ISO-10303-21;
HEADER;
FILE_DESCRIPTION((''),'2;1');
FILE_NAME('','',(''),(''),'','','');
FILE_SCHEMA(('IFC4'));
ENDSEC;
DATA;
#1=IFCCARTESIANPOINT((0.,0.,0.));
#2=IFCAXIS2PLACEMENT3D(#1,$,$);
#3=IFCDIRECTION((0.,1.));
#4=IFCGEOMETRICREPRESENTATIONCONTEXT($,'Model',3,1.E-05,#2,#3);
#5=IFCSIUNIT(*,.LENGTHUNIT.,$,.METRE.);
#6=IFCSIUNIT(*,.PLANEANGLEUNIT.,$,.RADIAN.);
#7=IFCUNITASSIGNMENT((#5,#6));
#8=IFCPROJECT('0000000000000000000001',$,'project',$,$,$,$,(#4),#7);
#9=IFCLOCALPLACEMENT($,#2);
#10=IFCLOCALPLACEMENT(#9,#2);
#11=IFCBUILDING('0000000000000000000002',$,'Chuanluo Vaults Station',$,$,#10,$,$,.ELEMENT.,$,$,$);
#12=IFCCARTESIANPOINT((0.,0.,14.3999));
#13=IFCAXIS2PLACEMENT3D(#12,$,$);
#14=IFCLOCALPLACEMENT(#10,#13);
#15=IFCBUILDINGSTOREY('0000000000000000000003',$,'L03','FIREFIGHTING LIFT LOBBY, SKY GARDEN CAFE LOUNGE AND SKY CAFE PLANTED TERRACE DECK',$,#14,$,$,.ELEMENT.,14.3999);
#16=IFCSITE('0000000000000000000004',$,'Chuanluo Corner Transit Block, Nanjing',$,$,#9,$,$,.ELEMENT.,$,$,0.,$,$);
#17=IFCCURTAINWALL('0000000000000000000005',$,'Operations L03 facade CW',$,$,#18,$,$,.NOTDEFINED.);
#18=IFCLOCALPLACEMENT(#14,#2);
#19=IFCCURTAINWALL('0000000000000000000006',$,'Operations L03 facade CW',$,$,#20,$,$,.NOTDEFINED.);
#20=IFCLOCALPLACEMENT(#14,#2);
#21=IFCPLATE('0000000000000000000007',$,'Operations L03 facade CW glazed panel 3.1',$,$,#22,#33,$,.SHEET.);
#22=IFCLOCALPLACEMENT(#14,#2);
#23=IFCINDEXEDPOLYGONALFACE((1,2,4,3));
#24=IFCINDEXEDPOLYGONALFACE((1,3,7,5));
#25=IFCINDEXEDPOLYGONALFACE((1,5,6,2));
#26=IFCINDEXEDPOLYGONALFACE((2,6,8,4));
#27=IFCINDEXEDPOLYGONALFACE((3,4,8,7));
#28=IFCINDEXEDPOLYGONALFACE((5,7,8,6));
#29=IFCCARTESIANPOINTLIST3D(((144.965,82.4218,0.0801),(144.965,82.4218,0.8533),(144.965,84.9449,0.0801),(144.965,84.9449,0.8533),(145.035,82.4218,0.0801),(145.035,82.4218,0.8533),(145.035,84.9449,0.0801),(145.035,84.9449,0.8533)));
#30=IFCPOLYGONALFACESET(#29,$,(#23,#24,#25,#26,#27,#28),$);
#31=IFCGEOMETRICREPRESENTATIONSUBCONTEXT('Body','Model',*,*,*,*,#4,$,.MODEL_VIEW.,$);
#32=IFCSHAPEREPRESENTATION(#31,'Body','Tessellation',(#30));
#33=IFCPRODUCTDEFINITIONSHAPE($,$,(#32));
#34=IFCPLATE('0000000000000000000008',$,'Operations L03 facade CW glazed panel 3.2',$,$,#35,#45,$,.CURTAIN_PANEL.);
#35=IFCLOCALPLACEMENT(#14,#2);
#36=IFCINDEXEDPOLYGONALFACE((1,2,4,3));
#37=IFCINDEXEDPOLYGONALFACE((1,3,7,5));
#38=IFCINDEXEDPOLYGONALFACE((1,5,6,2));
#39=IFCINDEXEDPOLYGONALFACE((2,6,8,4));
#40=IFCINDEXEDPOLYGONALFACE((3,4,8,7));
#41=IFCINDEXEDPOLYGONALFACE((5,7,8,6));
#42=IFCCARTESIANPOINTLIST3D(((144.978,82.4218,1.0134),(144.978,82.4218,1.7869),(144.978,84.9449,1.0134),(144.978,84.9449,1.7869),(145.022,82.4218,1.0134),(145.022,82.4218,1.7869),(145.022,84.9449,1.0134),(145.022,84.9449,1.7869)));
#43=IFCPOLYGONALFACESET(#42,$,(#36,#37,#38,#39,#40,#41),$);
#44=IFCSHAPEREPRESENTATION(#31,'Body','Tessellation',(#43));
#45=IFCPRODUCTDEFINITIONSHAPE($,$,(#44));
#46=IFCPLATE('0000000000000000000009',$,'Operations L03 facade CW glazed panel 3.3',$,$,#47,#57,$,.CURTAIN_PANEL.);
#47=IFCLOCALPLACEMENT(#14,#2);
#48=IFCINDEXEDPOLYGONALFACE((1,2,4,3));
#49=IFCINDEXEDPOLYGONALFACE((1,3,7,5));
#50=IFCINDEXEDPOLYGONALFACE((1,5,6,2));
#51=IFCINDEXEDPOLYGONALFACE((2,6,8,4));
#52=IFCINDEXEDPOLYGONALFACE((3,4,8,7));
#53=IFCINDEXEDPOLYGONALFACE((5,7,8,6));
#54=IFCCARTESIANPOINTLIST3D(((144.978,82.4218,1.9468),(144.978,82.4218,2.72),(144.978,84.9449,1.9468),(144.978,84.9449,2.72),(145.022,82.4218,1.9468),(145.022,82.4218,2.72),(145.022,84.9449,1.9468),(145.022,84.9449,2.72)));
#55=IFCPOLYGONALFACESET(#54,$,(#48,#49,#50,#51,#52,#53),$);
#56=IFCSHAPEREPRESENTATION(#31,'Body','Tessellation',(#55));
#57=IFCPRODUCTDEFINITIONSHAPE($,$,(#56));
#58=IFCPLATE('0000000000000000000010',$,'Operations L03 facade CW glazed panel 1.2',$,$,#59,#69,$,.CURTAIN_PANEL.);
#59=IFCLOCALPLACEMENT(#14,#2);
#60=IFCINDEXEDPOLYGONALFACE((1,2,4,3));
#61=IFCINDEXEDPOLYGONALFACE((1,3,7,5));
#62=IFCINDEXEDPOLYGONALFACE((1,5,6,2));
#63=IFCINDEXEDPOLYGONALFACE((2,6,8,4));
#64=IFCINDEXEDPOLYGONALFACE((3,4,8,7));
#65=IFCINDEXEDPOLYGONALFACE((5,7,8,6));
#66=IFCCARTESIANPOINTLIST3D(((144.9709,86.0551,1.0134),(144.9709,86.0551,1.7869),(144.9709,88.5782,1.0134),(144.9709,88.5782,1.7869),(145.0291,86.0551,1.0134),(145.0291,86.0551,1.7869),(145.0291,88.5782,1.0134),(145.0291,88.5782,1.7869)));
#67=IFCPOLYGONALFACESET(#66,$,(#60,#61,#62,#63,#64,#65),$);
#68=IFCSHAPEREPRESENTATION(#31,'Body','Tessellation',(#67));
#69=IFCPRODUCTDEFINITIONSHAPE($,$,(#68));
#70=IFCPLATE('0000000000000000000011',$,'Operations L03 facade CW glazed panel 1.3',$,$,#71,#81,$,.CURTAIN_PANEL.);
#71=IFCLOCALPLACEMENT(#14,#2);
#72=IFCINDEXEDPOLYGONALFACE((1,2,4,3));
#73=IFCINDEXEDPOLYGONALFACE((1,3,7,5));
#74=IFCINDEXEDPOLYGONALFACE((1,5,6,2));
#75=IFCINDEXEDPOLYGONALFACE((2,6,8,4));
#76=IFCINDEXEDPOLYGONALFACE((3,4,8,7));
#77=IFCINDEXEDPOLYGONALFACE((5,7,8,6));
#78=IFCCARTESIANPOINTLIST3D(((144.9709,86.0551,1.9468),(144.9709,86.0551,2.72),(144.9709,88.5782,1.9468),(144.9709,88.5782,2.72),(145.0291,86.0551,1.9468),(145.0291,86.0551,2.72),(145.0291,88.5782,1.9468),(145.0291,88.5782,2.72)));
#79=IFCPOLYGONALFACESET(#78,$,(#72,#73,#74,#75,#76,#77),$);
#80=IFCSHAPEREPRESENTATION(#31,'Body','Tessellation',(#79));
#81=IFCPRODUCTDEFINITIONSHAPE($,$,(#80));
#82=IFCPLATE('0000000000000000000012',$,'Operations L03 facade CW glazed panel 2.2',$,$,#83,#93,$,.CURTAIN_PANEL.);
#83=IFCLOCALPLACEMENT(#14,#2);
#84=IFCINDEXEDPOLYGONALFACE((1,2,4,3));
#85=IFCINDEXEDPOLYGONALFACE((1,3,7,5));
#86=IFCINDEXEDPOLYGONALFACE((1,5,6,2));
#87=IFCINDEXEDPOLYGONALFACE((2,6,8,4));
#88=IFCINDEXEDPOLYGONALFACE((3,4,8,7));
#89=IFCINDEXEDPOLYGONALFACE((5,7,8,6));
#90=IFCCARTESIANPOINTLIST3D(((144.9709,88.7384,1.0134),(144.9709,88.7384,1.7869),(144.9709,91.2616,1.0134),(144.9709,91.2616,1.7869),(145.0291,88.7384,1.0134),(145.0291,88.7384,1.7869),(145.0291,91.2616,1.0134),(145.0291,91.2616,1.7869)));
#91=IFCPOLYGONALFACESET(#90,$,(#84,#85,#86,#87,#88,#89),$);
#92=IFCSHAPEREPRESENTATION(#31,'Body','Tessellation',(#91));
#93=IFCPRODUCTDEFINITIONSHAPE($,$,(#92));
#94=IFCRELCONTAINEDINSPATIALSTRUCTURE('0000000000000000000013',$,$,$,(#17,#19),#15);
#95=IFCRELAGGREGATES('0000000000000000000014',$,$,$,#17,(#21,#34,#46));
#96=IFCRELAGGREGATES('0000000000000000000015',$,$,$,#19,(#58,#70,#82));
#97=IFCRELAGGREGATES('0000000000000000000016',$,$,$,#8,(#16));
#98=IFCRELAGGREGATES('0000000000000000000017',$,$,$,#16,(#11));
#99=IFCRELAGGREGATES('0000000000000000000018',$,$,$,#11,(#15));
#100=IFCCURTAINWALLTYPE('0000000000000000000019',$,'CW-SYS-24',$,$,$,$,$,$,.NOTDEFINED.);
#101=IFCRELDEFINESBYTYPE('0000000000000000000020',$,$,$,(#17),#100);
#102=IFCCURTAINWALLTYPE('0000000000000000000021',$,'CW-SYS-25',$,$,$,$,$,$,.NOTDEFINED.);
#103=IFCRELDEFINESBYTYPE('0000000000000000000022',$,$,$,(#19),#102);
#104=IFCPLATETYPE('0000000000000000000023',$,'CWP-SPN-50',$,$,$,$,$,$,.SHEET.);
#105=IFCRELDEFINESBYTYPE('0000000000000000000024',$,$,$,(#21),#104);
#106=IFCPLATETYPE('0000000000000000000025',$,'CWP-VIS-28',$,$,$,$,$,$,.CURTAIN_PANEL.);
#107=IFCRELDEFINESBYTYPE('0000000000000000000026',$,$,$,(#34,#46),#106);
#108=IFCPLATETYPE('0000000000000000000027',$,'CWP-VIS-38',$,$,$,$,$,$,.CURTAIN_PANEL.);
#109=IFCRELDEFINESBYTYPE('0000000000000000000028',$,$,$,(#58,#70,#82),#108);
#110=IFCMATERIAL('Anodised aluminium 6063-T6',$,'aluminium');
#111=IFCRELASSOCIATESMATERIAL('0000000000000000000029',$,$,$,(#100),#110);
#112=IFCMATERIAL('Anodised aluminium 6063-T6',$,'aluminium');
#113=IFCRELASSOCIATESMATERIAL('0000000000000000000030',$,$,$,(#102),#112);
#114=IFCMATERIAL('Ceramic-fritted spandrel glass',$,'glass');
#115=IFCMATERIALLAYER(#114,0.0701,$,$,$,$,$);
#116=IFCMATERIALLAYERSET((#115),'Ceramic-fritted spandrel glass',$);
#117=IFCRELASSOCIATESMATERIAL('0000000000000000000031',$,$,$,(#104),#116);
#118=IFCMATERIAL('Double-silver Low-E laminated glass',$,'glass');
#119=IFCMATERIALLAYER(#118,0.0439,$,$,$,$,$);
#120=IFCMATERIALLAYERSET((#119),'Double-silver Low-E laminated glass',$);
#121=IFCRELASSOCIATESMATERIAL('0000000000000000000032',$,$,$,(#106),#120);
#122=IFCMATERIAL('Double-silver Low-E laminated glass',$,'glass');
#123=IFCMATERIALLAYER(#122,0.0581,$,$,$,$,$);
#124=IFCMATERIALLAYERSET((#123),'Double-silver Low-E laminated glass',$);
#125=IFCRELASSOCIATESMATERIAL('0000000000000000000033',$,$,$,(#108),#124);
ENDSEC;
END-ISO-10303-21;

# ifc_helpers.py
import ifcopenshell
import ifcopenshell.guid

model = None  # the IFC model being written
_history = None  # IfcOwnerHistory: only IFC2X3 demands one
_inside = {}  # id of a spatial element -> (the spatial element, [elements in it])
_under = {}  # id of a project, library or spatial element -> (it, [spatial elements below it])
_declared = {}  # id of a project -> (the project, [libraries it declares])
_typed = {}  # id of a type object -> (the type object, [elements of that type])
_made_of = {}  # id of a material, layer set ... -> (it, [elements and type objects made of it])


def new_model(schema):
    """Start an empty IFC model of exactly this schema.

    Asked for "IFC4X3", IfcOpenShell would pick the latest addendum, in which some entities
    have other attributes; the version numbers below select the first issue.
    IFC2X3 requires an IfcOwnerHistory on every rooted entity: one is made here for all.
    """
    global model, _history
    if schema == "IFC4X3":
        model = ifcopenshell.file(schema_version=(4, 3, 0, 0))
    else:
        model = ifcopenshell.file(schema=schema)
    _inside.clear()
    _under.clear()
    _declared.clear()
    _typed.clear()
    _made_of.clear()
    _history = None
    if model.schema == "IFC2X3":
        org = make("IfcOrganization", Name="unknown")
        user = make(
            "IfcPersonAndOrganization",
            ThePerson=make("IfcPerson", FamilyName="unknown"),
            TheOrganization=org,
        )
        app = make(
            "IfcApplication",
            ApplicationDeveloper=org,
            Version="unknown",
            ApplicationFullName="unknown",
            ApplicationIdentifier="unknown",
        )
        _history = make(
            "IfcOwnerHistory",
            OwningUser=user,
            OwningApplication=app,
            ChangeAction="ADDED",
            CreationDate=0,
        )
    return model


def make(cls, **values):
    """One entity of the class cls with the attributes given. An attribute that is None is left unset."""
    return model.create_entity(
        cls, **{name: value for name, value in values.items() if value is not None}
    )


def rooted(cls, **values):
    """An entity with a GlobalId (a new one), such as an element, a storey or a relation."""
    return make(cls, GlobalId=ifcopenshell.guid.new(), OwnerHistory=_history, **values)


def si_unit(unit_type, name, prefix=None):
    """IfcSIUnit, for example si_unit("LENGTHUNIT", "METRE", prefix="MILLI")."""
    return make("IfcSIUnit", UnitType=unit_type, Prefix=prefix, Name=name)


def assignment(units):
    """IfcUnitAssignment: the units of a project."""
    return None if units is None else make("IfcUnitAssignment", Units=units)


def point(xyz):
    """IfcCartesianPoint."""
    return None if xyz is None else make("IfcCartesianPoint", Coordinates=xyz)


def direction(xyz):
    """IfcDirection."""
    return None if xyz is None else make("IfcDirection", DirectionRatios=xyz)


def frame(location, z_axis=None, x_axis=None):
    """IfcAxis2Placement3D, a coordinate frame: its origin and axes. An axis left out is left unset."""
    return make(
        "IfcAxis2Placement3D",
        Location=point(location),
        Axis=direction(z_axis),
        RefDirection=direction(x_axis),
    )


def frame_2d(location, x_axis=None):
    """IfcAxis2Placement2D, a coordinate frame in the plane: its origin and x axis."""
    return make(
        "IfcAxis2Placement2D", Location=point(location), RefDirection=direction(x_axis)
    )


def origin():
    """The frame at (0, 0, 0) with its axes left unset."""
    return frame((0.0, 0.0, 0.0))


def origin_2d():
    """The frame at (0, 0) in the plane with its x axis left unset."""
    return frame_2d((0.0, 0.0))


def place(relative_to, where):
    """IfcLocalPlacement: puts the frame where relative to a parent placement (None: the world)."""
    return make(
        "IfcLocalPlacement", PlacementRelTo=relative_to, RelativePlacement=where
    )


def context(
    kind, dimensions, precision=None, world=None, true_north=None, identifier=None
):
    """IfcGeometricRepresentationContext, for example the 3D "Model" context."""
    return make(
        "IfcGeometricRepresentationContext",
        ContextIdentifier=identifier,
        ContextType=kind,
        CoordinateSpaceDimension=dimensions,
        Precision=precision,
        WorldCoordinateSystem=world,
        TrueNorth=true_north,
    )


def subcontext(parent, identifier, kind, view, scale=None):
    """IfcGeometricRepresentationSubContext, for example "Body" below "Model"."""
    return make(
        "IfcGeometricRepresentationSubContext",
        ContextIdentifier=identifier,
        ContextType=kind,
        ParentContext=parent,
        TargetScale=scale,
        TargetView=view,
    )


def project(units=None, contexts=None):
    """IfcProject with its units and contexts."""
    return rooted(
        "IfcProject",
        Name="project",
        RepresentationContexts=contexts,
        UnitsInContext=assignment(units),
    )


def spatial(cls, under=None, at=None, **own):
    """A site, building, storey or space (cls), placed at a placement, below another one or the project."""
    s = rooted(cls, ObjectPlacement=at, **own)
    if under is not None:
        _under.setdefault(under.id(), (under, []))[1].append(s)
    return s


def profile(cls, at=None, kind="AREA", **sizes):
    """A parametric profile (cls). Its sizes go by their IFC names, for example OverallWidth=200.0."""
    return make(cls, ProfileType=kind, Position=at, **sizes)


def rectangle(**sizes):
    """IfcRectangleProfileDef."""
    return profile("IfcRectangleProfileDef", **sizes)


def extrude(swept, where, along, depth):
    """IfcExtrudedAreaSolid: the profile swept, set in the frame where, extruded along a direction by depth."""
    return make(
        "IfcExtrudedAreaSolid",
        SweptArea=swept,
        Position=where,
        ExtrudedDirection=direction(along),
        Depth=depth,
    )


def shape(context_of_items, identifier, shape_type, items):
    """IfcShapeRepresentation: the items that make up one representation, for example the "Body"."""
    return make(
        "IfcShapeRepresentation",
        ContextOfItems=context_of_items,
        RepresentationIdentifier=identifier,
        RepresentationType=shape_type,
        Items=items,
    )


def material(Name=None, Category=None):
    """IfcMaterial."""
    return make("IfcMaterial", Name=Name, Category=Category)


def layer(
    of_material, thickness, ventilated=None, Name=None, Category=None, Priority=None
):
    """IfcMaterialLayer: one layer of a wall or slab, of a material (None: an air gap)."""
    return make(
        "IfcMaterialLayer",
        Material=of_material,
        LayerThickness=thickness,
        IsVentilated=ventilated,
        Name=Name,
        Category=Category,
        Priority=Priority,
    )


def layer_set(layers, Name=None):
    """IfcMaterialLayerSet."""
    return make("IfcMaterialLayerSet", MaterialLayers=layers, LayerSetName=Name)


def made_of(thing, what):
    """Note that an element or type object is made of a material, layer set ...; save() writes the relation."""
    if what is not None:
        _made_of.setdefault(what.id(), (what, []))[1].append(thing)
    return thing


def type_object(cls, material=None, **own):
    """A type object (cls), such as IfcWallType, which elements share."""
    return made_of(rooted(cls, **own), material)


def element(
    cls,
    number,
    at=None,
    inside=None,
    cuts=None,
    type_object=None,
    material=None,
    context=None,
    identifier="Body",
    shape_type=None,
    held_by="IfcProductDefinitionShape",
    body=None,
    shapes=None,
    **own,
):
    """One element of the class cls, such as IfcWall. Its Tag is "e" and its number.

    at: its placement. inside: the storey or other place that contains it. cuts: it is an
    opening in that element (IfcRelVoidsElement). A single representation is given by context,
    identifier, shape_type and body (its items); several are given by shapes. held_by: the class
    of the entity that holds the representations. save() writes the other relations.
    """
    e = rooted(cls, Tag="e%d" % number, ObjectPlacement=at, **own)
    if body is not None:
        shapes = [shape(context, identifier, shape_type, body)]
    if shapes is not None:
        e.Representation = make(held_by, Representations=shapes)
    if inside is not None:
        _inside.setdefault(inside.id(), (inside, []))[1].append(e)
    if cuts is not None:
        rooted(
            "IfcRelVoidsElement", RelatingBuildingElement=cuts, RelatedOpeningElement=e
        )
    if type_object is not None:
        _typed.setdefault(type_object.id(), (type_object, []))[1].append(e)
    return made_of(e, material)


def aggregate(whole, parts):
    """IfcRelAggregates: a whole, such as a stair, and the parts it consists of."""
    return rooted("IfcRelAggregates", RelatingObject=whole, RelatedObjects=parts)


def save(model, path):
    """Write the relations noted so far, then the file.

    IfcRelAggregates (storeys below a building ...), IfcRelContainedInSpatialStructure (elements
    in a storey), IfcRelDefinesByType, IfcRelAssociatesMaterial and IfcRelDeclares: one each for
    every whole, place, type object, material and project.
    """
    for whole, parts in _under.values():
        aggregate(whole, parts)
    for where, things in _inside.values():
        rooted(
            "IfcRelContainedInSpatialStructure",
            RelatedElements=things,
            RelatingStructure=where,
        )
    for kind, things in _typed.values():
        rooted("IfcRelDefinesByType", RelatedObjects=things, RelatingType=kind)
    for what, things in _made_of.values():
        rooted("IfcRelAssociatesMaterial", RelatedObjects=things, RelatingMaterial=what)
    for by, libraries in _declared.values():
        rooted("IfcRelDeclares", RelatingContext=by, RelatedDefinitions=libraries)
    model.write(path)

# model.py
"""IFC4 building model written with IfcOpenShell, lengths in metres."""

from ifc_helpers import new_model, si_unit, direction, frame, origin, origin_2d, place, context, subcontext, project, spatial, rectangle, extrude, material, layer, layer_set, type_object, element, aggregate, save


model = new_model("IFC4")

# Units and contexts
model_context = context("Model", 3, precision=1e-05, world=origin(), true_north=direction((0.0, 1.0)))
body_context = subcontext(model_context, "Body", "Model", "MODEL_VIEW")
ifc_project = project(units=[si_unit("LENGTHUNIT", "METRE"), si_unit("PLANEANGLEUNIT", "RADIAN")], contexts=[model_context])

# Site, building, storey
site_placement = place(None, origin())
site = spatial("IfcSite", under=ifc_project, at=site_placement, Name="Chuanluo Corner Transit Block, Nanjing", CompositionType="ELEMENT", RefElevation=0.0)
building_placement = place(site_placement, origin())
building = spatial("IfcBuilding", under=site, at=building_placement, Name="Chuanluo Vaults Station", CompositionType="ELEMENT")
storey_placement = place(building_placement, frame((0.0, 0.0, 14.3999)))
storey = spatial("IfcBuildingStorey", under=building, at=storey_placement, Name="L03", Description="FIREFIGHTING LIFT LOBBY, SKY GARDEN CAFE LOUNGE AND SKY CAFE PLANTED TERRACE DECK", CompositionType="ELEMENT", Elevation=14.3999)

# Curtain wall
ifc_material_1 = material(Name="Anodised aluminium 6063-T6", Category="aluminium")
curtain_wall_type_1 = type_object("IfcCurtainWallType", Name="CW-SYS-24", PredefinedType="NOTDEFINED", material=ifc_material_1)
curtain_wall_1_placement = place(storey_placement, origin())
curtain_wall_1 = element("IfcCurtainWall", 1, at=curtain_wall_1_placement, inside=storey, type_object=curtain_wall_type_1, Name="Operations L03 facade CW", PredefinedType="NOTDEFINED")

# Curtain wall
ifc_material_2 = material(Name="Anodised aluminium 6063-T6", Category="aluminium")
curtain_wall_type_2 = type_object("IfcCurtainWallType", Name="CW-SYS-25", PredefinedType="NOTDEFINED", material=ifc_material_2)
curtain_wall_2_placement = place(storey_placement, origin())
curtain_wall_2 = element("IfcCurtainWall", 2, at=curtain_wall_2_placement, inside=storey, type_object=curtain_wall_type_2, Name="Operations L03 facade CW", PredefinedType="NOTDEFINED")

# Plates
ifc_material_3 = material(Name="Ceramic-fritted spandrel glass", Category="glass")
ifc_layer_1 = layer(ifc_material_3, 0.0701)
ifc_layer_set_1 = layer_set([ifc_layer_1], Name="Ceramic-fritted spandrel glass")
plate_type_1 = type_object("IfcPlateType", Name="CWP-SPN-50", PredefinedType="SHEET", material=ifc_layer_set_1)
plate_1_placement = place(storey_placement, frame((145.0, 83.6833, 0.0801), z_axis=(0.0, 0.0, 1.0), x_axis=(0.0, 1.0, 0.0)))
plate_1 = element("IfcPlate", 3, at=plate_1_placement, type_object=plate_type_1, Name="Operations L03 facade CW glazed panel 3.1", PredefinedType="SHEET", context=body_context, shape_type="SweptSolid", body=[
    extrude(rectangle(XDim=2.5232, YDim=0.0701, at=origin_2d()), origin(), (0.0, 0.0, 1.0), 0.7732),
])
ifc_material_4 = material(Name="Double-silver Low-E laminated glass", Category="glass")
ifc_layer_2 = layer(ifc_material_4, 0.0439)
ifc_layer_set_2 = layer_set([ifc_layer_2], Name="Double-silver Low-E laminated glass")
plate_type_2 = type_object("IfcPlateType", Name="CWP-VIS-28", PredefinedType="CURTAIN_PANEL", material=ifc_layer_set_2)
plate_2_placement = place(storey_placement, frame((145.0, 83.6833, 1.0134), z_axis=(0.0, 0.0, 1.0), x_axis=(0.0, 1.0, 0.0)))
plate_2 = element("IfcPlate", 4, at=plate_2_placement, type_object=plate_type_2, Name="Operations L03 facade CW glazed panel 3.2", PredefinedType="CURTAIN_PANEL", context=body_context, shape_type="SweptSolid", body=[
    extrude(rectangle(XDim=2.5232, YDim=0.0439, at=origin_2d()), origin(), (0.0, 0.0, 1.0), 0.7734),
])
plate_3_placement = place(storey_placement, frame((145.0, 83.6833, 1.9468), z_axis=(0.0, 0.0, 1.0), x_axis=(0.0, 1.0, 0.0)))
plate_3 = element("IfcPlate", 5, at=plate_3_placement, type_object=plate_type_2, Name="Operations L03 facade CW glazed panel 3.3", PredefinedType="CURTAIN_PANEL", context=body_context, shape_type="SweptSolid", body=[
    extrude(rectangle(XDim=2.5232, YDim=0.0439, at=origin_2d()), origin(), (0.0, 0.0, 1.0), 0.7732),
])
aggregate(curtain_wall_1, [plate_1, plate_2, plate_3])
ifc_material_5 = material(Name="Double-silver Low-E laminated glass", Category="glass")
ifc_layer_3 = layer(ifc_material_5, 0.0581)
ifc_layer_set_3 = layer_set([ifc_layer_3], Name="Double-silver Low-E laminated glass")
plate_type_3 = type_object("IfcPlateType", Name="CWP-VIS-38", PredefinedType="CURTAIN_PANEL", material=ifc_layer_set_3)
plate_4_placement = place(storey_placement, frame((145.0, 87.3167, 1.0134), z_axis=(0.0, 0.0, 1.0), x_axis=(0.0, 1.0, 0.0)))
plate_4 = element("IfcPlate", 6, at=plate_4_placement, type_object=plate_type_3, Name="Operations L03 facade CW glazed panel 1.2", PredefinedType="CURTAIN_PANEL", context=body_context, shape_type="SweptSolid", body=[
    extrude(rectangle(XDim=2.5232, YDim=0.0581, at=origin_2d()), origin(), (0.0, 0.0, 1.0), 0.7734),
])
plate_5_placement = place(storey_placement, frame((145.0, 87.3167, 1.9468), z_axis=(0.0, 0.0, 1.0), x_axis=(0.0, 1.0, 0.0)))
plate_5 = element("IfcPlate", 7, at=plate_5_placement, type_object=plate_type_3, Name="Operations L03 facade CW glazed panel 1.3", PredefinedType="CURTAIN_PANEL", context=body_context, shape_type="SweptSolid", body=[
    extrude(rectangle(XDim=2.5232, YDim=0.0581, at=origin_2d()), origin(), (0.0, 0.0, 1.0), 0.7732),
])
plate_6_placement = place(storey_placement, frame((145.0, 90.0, 1.0134), z_axis=(0.0, 0.0, 1.0), x_axis=(0.0, 1.0, 0.0)))
plate_6 = element("IfcPlate", 8, at=plate_6_placement, type_object=plate_type_3, Name="Operations L03 facade CW glazed panel 2.2", PredefinedType="CURTAIN_PANEL", context=body_context, shape_type="SweptSolid", body=[
    extrude(rectangle(XDim=2.5232, YDim=0.0581, at=origin_2d()), origin(), (0.0, 0.0, 1.0), 0.7734),
])
aggregate(curtain_wall_2, [plate_4, plate_5, plate_6])

save(model, "model.ifc")
